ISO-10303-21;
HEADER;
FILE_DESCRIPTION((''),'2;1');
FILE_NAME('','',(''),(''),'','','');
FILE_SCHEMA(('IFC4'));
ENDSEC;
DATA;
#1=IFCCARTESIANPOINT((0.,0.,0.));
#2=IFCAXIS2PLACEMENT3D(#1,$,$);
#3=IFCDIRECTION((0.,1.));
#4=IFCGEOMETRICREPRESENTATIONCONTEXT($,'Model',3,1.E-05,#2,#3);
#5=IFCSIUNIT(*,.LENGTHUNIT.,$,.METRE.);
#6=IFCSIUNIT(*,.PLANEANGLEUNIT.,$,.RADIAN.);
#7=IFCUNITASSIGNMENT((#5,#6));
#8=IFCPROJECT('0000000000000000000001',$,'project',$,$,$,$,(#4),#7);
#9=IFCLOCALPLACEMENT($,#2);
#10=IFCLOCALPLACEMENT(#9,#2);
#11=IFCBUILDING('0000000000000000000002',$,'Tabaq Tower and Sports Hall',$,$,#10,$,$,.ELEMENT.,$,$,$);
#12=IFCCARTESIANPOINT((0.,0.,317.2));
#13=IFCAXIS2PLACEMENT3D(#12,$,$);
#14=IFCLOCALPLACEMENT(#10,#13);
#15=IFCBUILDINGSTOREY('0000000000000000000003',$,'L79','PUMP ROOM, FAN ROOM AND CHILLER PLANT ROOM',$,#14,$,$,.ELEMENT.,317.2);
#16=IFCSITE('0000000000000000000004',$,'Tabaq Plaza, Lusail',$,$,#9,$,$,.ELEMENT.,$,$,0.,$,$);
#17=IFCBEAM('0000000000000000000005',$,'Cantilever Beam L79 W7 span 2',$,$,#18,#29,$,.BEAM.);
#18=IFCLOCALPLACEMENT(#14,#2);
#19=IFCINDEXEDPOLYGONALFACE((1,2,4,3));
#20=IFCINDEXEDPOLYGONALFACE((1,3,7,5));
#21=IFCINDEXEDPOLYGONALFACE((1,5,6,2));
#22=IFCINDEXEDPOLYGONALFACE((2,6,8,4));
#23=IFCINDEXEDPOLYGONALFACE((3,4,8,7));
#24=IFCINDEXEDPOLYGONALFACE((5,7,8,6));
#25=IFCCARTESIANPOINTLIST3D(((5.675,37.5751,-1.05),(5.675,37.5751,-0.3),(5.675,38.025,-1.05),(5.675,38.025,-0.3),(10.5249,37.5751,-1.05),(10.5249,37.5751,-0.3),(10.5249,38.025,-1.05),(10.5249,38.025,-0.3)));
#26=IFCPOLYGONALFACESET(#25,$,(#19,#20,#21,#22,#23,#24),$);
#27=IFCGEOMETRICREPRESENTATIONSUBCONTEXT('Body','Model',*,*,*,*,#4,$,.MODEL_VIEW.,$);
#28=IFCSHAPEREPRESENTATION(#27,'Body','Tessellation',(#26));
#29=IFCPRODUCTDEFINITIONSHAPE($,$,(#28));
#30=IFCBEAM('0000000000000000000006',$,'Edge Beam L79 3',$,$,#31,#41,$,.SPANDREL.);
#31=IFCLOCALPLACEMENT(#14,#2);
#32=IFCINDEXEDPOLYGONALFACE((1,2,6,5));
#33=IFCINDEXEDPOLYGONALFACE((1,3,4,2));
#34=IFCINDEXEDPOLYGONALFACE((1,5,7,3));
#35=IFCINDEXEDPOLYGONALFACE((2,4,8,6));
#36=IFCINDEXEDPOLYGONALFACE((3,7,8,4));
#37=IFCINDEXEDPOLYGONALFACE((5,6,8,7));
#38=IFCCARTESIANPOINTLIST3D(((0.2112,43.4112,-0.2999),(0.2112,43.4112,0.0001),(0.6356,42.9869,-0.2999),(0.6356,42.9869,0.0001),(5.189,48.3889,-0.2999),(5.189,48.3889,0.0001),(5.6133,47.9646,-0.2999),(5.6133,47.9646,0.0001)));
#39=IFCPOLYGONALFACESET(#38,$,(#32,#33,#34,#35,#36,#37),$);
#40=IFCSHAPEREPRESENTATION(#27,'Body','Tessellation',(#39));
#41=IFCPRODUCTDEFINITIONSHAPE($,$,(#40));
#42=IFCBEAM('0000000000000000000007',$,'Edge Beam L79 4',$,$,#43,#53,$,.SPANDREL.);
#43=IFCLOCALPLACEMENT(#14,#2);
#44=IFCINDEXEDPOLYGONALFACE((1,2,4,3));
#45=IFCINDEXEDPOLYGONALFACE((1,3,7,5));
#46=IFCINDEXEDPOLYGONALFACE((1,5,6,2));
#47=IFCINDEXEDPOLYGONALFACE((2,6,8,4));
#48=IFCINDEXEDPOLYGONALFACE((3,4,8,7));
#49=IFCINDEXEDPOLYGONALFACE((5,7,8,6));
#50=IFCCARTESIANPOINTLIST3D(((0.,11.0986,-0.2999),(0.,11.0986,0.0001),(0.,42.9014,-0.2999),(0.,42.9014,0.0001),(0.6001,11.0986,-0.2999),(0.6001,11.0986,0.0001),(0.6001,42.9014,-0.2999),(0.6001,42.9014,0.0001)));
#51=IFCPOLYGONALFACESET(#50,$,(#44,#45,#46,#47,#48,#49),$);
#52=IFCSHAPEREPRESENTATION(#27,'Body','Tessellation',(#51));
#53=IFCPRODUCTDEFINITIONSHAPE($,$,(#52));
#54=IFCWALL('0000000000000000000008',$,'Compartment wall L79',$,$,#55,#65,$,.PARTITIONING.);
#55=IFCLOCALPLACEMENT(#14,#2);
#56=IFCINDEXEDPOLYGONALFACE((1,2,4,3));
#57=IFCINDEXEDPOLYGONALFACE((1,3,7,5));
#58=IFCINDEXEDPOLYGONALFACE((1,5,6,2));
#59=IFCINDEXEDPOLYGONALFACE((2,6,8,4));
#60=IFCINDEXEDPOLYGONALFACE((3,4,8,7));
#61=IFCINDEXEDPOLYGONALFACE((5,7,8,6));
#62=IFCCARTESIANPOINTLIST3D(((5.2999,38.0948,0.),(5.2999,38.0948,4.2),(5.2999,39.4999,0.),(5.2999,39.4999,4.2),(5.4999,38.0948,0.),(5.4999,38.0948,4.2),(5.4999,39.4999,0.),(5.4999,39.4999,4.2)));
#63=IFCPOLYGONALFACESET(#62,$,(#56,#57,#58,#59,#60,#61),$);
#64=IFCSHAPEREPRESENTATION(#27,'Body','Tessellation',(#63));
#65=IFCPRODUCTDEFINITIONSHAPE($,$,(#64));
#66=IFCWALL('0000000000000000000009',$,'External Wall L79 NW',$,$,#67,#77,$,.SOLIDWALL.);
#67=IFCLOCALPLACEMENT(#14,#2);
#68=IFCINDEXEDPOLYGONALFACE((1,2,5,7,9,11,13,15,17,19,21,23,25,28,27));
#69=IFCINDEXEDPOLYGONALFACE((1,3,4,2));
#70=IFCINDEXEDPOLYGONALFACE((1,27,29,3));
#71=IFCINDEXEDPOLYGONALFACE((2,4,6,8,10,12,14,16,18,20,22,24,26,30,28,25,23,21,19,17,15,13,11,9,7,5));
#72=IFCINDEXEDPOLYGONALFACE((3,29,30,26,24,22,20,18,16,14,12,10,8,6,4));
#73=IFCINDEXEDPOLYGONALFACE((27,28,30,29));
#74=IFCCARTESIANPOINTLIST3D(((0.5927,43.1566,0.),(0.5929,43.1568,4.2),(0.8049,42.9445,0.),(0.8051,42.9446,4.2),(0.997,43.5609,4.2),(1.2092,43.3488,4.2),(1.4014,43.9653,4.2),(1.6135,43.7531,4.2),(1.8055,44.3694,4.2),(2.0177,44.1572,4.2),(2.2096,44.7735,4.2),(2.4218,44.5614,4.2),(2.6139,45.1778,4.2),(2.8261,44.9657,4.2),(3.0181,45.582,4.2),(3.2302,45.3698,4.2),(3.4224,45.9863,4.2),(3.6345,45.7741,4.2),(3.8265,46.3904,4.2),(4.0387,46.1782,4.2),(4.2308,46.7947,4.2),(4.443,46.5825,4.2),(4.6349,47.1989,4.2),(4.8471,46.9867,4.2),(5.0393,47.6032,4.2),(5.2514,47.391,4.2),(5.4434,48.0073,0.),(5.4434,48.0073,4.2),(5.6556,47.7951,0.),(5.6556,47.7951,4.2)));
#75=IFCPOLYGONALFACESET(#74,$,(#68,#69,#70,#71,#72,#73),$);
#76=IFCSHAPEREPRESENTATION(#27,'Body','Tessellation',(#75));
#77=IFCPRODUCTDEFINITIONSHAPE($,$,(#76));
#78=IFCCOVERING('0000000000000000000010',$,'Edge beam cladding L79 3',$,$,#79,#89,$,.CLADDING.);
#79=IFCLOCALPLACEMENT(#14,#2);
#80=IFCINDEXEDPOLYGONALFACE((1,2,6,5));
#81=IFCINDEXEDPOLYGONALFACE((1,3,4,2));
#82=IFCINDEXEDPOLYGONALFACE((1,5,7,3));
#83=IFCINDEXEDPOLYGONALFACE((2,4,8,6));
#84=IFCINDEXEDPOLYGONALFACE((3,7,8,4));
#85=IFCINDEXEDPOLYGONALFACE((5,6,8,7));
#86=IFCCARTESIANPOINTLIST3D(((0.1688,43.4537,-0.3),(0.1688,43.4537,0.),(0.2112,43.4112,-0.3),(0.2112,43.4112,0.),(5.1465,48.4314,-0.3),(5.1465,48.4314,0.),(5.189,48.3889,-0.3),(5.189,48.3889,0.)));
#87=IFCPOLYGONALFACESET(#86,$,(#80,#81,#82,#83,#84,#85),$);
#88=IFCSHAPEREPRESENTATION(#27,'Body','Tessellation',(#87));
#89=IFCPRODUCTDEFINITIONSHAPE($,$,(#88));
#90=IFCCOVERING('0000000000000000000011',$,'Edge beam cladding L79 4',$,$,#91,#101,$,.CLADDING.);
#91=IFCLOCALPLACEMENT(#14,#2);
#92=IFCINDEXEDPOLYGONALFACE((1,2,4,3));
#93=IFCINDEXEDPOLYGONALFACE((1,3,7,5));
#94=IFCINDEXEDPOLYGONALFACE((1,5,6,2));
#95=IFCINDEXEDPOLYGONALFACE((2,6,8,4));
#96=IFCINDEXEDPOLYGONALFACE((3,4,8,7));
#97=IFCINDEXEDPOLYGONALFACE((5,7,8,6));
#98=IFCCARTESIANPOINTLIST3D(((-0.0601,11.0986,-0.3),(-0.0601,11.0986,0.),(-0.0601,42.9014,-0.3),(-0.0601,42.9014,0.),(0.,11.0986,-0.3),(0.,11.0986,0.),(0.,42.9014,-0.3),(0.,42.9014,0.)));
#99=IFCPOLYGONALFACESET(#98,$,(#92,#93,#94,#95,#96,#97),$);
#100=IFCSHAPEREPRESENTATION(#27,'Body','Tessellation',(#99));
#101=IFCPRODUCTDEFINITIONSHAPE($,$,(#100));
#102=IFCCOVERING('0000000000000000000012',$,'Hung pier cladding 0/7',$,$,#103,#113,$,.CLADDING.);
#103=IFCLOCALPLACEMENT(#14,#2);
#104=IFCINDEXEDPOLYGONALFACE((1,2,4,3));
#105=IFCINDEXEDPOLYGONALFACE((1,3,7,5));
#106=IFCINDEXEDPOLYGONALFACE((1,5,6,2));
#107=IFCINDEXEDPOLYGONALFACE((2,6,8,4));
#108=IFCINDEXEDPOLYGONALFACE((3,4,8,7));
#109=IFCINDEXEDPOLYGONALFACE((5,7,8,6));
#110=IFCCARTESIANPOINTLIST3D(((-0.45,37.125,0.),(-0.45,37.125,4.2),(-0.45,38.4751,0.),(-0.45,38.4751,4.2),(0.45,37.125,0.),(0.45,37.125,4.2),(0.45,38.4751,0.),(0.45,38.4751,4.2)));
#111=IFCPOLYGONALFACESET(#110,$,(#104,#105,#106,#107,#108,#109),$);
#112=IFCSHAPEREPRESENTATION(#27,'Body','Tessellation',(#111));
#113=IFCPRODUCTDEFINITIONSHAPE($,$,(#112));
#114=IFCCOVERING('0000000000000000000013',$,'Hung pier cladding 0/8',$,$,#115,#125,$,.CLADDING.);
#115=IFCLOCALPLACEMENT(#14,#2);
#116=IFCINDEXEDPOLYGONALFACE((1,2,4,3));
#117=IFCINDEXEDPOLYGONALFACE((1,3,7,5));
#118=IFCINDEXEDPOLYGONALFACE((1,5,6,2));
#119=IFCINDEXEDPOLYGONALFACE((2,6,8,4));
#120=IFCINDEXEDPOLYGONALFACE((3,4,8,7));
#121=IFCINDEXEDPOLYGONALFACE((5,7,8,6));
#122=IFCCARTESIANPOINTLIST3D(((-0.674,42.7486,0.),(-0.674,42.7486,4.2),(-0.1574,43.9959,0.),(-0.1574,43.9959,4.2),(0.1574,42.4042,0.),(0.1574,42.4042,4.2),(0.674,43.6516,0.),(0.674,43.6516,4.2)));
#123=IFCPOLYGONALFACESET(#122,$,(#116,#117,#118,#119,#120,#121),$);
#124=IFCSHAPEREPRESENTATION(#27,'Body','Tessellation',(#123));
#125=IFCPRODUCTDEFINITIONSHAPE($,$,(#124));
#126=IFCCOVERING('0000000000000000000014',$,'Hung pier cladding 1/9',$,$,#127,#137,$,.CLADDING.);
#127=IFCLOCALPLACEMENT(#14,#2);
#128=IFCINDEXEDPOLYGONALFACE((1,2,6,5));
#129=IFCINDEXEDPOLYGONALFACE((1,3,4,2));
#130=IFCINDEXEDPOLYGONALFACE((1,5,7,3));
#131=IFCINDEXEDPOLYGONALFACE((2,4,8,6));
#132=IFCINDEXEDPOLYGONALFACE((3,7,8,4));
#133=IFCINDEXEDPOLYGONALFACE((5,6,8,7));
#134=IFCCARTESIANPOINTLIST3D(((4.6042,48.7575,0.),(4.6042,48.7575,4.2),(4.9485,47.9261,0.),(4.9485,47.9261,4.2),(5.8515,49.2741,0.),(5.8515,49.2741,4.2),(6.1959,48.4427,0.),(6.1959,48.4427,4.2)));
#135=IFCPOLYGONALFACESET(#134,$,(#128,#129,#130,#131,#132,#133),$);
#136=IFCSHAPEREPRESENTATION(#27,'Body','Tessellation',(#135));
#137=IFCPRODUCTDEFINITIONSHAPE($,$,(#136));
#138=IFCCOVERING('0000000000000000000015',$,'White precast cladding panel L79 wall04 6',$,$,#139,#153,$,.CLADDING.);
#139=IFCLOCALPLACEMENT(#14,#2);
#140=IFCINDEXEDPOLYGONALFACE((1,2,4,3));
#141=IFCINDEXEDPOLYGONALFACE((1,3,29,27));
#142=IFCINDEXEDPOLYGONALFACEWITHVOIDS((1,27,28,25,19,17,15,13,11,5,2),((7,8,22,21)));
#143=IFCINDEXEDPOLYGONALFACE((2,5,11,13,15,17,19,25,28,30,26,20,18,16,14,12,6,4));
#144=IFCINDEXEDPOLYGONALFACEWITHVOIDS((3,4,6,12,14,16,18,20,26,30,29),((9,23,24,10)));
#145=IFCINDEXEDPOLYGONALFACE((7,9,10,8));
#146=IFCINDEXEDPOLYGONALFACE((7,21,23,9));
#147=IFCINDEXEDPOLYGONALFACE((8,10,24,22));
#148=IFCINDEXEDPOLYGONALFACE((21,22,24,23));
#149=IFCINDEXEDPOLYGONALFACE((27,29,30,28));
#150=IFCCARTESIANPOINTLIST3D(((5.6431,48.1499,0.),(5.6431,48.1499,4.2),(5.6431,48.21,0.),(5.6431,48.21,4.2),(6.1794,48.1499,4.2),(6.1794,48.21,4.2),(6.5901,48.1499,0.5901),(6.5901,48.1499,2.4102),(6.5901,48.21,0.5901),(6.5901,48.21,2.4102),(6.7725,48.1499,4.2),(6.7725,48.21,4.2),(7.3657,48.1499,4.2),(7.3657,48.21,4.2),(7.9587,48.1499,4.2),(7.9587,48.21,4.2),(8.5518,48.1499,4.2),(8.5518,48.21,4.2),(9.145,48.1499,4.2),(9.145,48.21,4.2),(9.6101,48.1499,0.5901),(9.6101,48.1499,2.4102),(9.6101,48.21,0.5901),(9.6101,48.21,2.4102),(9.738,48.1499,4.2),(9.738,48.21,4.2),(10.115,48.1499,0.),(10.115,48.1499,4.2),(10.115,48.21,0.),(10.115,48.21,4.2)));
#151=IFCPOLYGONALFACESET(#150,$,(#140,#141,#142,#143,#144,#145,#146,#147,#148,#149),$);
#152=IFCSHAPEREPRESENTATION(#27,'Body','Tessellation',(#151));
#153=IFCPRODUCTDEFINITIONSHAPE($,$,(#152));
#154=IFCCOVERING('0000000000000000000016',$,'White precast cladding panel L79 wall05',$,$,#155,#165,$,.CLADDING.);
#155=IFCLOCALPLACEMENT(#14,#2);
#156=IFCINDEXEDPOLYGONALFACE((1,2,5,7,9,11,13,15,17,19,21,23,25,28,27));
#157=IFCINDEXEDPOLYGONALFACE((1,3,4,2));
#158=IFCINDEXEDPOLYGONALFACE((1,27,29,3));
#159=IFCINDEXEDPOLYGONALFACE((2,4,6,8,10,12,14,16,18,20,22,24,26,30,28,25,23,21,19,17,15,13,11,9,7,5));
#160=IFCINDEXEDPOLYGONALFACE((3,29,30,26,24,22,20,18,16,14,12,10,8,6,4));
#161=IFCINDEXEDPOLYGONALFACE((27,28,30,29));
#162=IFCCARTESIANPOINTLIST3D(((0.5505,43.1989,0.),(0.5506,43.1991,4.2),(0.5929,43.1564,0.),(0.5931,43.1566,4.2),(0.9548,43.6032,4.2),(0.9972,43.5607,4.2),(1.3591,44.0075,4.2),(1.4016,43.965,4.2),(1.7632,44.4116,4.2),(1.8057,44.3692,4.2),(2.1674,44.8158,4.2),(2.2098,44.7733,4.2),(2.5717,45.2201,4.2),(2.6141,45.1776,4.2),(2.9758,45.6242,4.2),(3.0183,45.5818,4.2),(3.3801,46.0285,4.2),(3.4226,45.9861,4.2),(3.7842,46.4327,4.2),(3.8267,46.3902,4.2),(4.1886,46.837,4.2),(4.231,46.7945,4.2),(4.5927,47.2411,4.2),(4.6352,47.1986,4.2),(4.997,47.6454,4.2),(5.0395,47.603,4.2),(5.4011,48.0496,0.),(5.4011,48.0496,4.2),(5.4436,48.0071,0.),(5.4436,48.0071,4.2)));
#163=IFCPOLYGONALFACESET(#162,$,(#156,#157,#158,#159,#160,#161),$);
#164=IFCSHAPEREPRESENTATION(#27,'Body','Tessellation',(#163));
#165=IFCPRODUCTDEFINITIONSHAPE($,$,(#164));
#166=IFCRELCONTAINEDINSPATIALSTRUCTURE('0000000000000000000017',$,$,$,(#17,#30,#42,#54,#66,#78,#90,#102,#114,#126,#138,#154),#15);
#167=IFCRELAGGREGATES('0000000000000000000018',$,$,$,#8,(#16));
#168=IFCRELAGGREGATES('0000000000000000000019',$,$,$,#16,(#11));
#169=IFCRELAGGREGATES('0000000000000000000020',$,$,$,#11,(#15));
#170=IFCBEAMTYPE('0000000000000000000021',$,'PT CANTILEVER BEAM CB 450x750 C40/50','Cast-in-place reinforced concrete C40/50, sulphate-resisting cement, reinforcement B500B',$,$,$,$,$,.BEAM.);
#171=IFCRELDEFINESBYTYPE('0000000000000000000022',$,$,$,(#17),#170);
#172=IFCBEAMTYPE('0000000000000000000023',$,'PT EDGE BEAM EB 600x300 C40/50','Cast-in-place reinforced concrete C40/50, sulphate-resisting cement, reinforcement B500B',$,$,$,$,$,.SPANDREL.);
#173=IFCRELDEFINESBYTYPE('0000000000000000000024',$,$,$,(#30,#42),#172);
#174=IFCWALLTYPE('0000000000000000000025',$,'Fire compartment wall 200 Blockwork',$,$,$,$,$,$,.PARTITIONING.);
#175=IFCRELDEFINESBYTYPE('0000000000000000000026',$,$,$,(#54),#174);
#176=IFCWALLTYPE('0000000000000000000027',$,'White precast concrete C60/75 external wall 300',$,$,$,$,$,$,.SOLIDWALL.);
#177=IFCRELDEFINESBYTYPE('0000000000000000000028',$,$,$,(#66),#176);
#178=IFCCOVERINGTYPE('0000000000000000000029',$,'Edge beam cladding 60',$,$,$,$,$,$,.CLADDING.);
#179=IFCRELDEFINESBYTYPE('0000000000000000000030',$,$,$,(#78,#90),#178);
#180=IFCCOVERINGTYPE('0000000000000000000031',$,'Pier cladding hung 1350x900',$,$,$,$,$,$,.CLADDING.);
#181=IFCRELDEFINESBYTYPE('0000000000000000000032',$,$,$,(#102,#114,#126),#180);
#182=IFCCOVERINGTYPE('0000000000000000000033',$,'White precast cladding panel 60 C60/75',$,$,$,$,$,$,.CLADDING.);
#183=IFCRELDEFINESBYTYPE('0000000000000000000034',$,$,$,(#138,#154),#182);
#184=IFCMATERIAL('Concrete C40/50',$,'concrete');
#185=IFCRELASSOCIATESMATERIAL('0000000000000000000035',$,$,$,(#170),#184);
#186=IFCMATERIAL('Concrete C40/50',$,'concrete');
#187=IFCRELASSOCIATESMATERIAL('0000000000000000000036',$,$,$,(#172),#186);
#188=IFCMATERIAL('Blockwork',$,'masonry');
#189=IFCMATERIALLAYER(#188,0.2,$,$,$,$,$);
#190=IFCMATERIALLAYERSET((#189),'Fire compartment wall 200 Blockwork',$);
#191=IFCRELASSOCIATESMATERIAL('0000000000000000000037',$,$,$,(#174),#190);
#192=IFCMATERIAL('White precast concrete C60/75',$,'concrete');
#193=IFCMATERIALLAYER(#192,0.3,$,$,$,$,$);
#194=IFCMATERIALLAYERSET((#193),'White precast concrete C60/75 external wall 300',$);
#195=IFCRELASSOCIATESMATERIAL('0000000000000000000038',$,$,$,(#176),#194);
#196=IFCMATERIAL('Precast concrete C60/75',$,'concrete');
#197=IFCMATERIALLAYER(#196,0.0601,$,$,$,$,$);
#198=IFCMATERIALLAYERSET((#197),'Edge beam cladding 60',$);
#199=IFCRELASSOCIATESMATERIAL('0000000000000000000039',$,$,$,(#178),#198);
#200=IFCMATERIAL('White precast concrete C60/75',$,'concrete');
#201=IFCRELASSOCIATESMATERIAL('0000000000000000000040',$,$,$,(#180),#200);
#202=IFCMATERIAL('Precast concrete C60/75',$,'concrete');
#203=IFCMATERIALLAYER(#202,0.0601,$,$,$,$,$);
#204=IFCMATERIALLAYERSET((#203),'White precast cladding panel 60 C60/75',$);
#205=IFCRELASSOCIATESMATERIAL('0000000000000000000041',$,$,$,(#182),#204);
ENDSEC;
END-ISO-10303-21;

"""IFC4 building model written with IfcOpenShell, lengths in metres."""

from ifc_helpers import new_model, si_unit, direction, frame, frame_2d, origin, origin_2d, place, context, subcontext, project, spatial, polyline, rectangle, outline, extrude, material, layer, layer_set, material_profile, profile_set, type_object, element, save


model = new_model("IFC4")

# Units and contexts
model_context = context("Model", 3, precision=1e-05, world=origin(), true_north=direction((0.0, 1.0)))
body_context = subcontext(model_context, "Body", "Model", "MODEL_VIEW")
ifc_project = project(units=[si_unit("LENGTHUNIT", "METRE"), si_unit("PLANEANGLEUNIT", "RADIAN")], contexts=[model_context])

# Site, building, storey
site_placement = place(None, origin())
site = spatial("IfcSite", under=ifc_project, at=site_placement, Name="Tabaq Plaza, Lusail", CompositionType="ELEMENT", RefElevation=0.0)
building_placement = place(site_placement, origin())
building = spatial("IfcBuilding", under=site, at=building_placement, Name="Tabaq Tower and Sports Hall", CompositionType="ELEMENT")
storey_placement = place(building_placement, frame((0.0, 0.0, 317.2)))
storey = spatial("IfcBuildingStorey", under=building, at=storey_placement, Name="L79", Description="PUMP ROOM, FAN ROOM AND CHILLER PLANT ROOM", CompositionType="ELEMENT", Elevation=317.2)

# Beams
ifc_material_1 = material(Name="Concrete C40/50", Category="concrete")
ifc_material_profile_1 = material_profile(ifc_material_1, rectangle(XDim=0.45, YDim=0.75, at=origin_2d()), Name="CB 450x750")
ifc_profile_set_1 = profile_set([ifc_material_profile_1], Name="Concrete C40/50")
beam_type_1 = type_object("IfcBeamType", Name="PT CANTILEVER BEAM CB 450x750 C40/50", Description="Cast-in-place reinforced concrete C40/50, sulphate-resisting cement, reinforcement B500B", PredefinedType="BEAM", material=ifc_profile_set_1)
beam_1_placement = place(storey_placement, frame((5.675, 37.8, -0.675), z_axis=(1.0, 0.0, 0.0), x_axis=(0.0, 1.0, 0.0)))
element("IfcBeam", 1, at=beam_1_placement, inside=storey, type_object=beam_type_1, Name="Cantilever Beam L79 W7 span 2", PredefinedType="BEAM", context=body_context, shape_type="SweptSolid", body=[
    extrude(rectangle(XDim=0.45, YDim=0.75, at=origin_2d()), origin(), (0.0, 0.0, 1.0), 4.8499),
])
ifc_material_2 = material(Name="Concrete C40/50", Category="concrete")
ifc_material_profile_2 = material_profile(ifc_material_2, rectangle(XDim=0.6001, YDim=0.3, at=origin_2d()), Name="EB 600x300")
ifc_profile_set_2 = profile_set([ifc_material_profile_2], Name="Concrete C40/50")
beam_type_2 = type_object("IfcBeamType", Name="PT EDGE BEAM EB 600x300 C40/50", Description="Cast-in-place reinforced concrete C40/50, sulphate-resisting cement, reinforcement B500B", PredefinedType="SPANDREL", material=ifc_profile_set_2)
beam_2_placement = place(storey_placement, frame((5.4011, 48.1768, -0.1499), z_axis=(-0.707107, -0.707107, 0.0), x_axis=(0.707107, -0.707107, 0.0)))
element("IfcBeam", 2, at=beam_2_placement, inside=storey, type_object=beam_type_2, Name="Edge Beam L79 3", PredefinedType="SPANDREL", context=body_context, shape_type="SweptSolid", body=[
    extrude(rectangle(XDim=0.6001, YDim=0.3, at=origin_2d()), origin(), (0.0, 0.0, 1.0), 7.0396),
])
beam_3_placement = place(storey_placement, frame((0.3, 42.9014, -0.1499), z_axis=(0.0, -1.0, 0.0), x_axis=(1.0, 0.0, 0.0)))
element("IfcBeam", 3, at=beam_3_placement, inside=storey, type_object=beam_type_2, Name="Edge Beam L79 4", PredefinedType="SPANDREL", context=body_context, shape_type="SweptSolid", body=[
    extrude(rectangle(XDim=0.6001, YDim=0.3, at=origin_2d()), origin(), (0.0, 0.0, 1.0), 31.8027),
])

# Walls
ifc_material_3 = material(Name="Blockwork", Category="masonry")
ifc_layer_1 = layer(ifc_material_3, 0.2)
ifc_layer_set_1 = layer_set([ifc_layer_1], Name="Fire compartment wall 200 Blockwork")
wall_type_1 = type_object("IfcWallType", Name="Fire compartment wall 200 Blockwork", PredefinedType="PARTITIONING", material=ifc_layer_set_1)
wall_1_placement = place(storey_placement, frame((5.3999, 39.5, 0.0), z_axis=(0.0, 0.0, 1.0), x_axis=(0.0, -1.0, 0.0)))
element("IfcWall", 4, at=wall_1_placement, inside=storey, type_object=wall_type_1, Name="Compartment wall L79", PredefinedType="PARTITIONING", context=body_context, shape_type="SweptSolid", body=[
    extrude(rectangle(XDim=1.405, YDim=0.2, at=frame_2d((0.7026, 0.0))), origin(), (0.0, 0.0, 1.0), 4.2),
])
ifc_material_4 = material(Name="White precast concrete C60/75", Category="concrete")
ifc_layer_2 = layer(ifc_material_4, 0.3)
ifc_layer_set_2 = layer_set([ifc_layer_2], Name="White precast concrete C60/75 external wall 300")
wall_type_2 = type_object("IfcWallType", Name="White precast concrete C60/75 external wall 300", PredefinedType="SOLIDWALL", material=ifc_layer_set_2)
wall_2_placement = place(storey_placement, frame((5.5496, 47.9011, 0.0), z_axis=(0.0, 0.0, 1.0), x_axis=(-0.707107, -0.707107, 0.0)))
element("IfcWall", 5, at=wall_2_placement, inside=storey, type_object=wall_type_2, Name="External Wall L79 NW", PredefinedType="SOLIDWALL", context=body_context, shape_type="SweptSolid", body=[
    extrude(outline(polyline([(0.0, 0.0), (6.8599, 0.0), (6.8596, 4.2), (6.2881, 4.2), (5.7163, 4.2), (5.1448, 4.2), (4.5732, 4.2), (4.0015, 4.2), (3.4299, 4.2), (2.8582, 4.2), (2.2866, 4.2), (1.7148, 4.2), (1.1433, 4.2), (0.5715, 4.2), (0.0, 4.2), (0.0, 0.0)])), frame((0.0, 0.1499, 0.0), z_axis=(0.0, -1.0, 0.0), x_axis=(1.0, 0.0, 0.0)), (0.0, 0.0, 1.0), 0.3),
])

# Coverings
ifc_material_5 = material(Name="Precast concrete C60/75", Category="concrete")
ifc_layer_3 = layer(ifc_material_5, 0.0601)
ifc_layer_set_3 = layer_set([ifc_layer_3], Name="Edge beam cladding 60")
covering_type_1 = type_object("IfcCoveringType", Name="Edge beam cladding 60", PredefinedType="CLADDING", material=ifc_layer_set_3)
covering_1_placement = place(storey_placement, frame((5.1677, 48.4102, -0.3), z_axis=(0.0, 0.0, 1.0), x_axis=(-0.707107, -0.707107, 0.0)))
element("IfcCovering", 6, at=covering_1_placement, inside=storey, type_object=covering_type_1, Name="Edge beam cladding L79 3", PredefinedType="CLADDING", context=body_context, shape_type="SweptSolid", body=[
    extrude(rectangle(XDim=7.0396, YDim=0.0601, at=frame_2d((3.5198, 0.0))), origin(), (0.0, 0.0, 1.0), 0.3),
])
covering_2_placement = place(storey_placement, frame((-0.03, 42.9014, -0.3), z_axis=(0.0, 0.0, 1.0), x_axis=(0.0, -1.0, 0.0)))
element("IfcCovering", 7, at=covering_2_placement, inside=storey, type_object=covering_type_1, Name="Edge beam cladding L79 4", PredefinedType="CLADDING", context=body_context, shape_type="SweptSolid", body=[
    extrude(rectangle(XDim=31.8027, YDim=0.0601, at=frame_2d((15.9014, 0.0))), origin(), (0.0, 0.0, 1.0), 0.3),
])
ifc_material_6 = material(Name="White precast concrete C60/75", Category="concrete")
covering_type_2 = type_object("IfcCoveringType", Name="Pier cladding hung 1350x900", PredefinedType="CLADDING", material=ifc_material_6)
for number, where, z_axis, x_axis, name in (
    (8, (0.0, 38.4751, 0.0), (0.0, 0.0, 1.0), (0.0, -1.0, 0.0), "Hung pier cladding 0/7"),
    (9, (0.2583, 43.8237, 0.0), (0.0, 0.0, 1.0), (-0.38265, -0.923893, 0.0), "Hung pier cladding 0/8"),
    (10, (6.0237, 48.8584, 0.0), (0.0, 0.0, 1.0), (-0.923893, -0.38265, 0.0), "Hung pier cladding 1/9"),
):
    element("IfcCovering", number, at=place(storey_placement, frame(where, z_axis=z_axis, x_axis=x_axis)), inside=storey, type_object=covering_type_2, Name=name, PredefinedType="CLADDING", context=body_context, shape_type="SweptSolid", body=[
        extrude(rectangle(XDim=1.3501, YDim=0.8999, at=frame_2d((0.675, 0.0))), origin(), (0.0, 0.0, 1.0), 4.2),
    ])
ifc_material_7 = material(Name="Precast concrete C60/75", Category="concrete")
ifc_layer_4 = layer(ifc_material_7, 0.0601)
ifc_layer_set_4 = layer_set([ifc_layer_4], Name="White precast cladding panel 60 C60/75")
covering_type_3 = type_object("IfcCoveringType", Name="White precast cladding panel 60 C60/75", PredefinedType="CLADDING", material=ifc_layer_set_4)
covering_3_placement = place(storey_placement, frame((10.115, 48.1799, 0.0), z_axis=(0.0, 0.0, 1.0), x_axis=(-1.0, 0.0, 0.0)))
element("IfcCovering", 11, at=covering_3_placement, inside=storey, type_object=covering_type_3, Name="White precast cladding panel L79 wall04 6", PredefinedType="CLADDING", context=body_context, shape_type="SweptSolid", body=[
    extrude(outline(polyline([(0.0, 0.0), (4.4719, 0.0), (4.4719, 4.2), (3.9355, 4.2), (3.3425, 4.2), (2.7493, 4.2), (2.1562, 4.2), (1.5632, 4.2), (0.97, 4.2), (0.377, 4.2), (0.0, 4.2), (0.0, 0.0)]), holes=[polyline([(0.5049, 0.5901), (0.5049, 2.4102), (3.5249, 2.4102), (3.5249, 0.5901), (0.5049, 0.5901)])]), frame((0.0, 0.03, 0.0), z_axis=(0.0, -1.0, 0.0), x_axis=(1.0, 0.0, 0.0)), (0.0, 0.0, 1.0), 0.0601),
])
covering_4_placement = place(storey_placement, frame((5.4224, 48.0283, 0.0), z_axis=(0.0, 0.0, 1.0), x_axis=(-0.707107, -0.707107, 0.0)))
element("IfcCovering", 12, at=covering_4_placement, inside=storey, type_object=covering_type_3, Name="White precast cladding panel L79 wall05", PredefinedType="CLADDING", context=body_context, shape_type="SweptSolid", body=[
    extrude(outline(polyline([(0.0, 0.0), (6.8599, 0.0), (6.8596, 4.2), (6.2881, 4.2), (5.7163, 4.2), (5.1448, 4.2), (4.5732, 4.2), (4.0015, 4.2), (3.4299, 4.2), (2.8582, 4.2), (2.2866, 4.2), (1.7148, 4.2), (1.1433, 4.2), (0.5715, 4.2), (0.0, 4.2), (0.0, 0.0)])), frame((0.0, 0.03, 0.0), z_axis=(0.0, -1.0, 0.0), x_axis=(1.0, 0.0, 0.0)), (0.0, 0.0, 1.0), 0.0601),
])

save(model, "model.ifc")
